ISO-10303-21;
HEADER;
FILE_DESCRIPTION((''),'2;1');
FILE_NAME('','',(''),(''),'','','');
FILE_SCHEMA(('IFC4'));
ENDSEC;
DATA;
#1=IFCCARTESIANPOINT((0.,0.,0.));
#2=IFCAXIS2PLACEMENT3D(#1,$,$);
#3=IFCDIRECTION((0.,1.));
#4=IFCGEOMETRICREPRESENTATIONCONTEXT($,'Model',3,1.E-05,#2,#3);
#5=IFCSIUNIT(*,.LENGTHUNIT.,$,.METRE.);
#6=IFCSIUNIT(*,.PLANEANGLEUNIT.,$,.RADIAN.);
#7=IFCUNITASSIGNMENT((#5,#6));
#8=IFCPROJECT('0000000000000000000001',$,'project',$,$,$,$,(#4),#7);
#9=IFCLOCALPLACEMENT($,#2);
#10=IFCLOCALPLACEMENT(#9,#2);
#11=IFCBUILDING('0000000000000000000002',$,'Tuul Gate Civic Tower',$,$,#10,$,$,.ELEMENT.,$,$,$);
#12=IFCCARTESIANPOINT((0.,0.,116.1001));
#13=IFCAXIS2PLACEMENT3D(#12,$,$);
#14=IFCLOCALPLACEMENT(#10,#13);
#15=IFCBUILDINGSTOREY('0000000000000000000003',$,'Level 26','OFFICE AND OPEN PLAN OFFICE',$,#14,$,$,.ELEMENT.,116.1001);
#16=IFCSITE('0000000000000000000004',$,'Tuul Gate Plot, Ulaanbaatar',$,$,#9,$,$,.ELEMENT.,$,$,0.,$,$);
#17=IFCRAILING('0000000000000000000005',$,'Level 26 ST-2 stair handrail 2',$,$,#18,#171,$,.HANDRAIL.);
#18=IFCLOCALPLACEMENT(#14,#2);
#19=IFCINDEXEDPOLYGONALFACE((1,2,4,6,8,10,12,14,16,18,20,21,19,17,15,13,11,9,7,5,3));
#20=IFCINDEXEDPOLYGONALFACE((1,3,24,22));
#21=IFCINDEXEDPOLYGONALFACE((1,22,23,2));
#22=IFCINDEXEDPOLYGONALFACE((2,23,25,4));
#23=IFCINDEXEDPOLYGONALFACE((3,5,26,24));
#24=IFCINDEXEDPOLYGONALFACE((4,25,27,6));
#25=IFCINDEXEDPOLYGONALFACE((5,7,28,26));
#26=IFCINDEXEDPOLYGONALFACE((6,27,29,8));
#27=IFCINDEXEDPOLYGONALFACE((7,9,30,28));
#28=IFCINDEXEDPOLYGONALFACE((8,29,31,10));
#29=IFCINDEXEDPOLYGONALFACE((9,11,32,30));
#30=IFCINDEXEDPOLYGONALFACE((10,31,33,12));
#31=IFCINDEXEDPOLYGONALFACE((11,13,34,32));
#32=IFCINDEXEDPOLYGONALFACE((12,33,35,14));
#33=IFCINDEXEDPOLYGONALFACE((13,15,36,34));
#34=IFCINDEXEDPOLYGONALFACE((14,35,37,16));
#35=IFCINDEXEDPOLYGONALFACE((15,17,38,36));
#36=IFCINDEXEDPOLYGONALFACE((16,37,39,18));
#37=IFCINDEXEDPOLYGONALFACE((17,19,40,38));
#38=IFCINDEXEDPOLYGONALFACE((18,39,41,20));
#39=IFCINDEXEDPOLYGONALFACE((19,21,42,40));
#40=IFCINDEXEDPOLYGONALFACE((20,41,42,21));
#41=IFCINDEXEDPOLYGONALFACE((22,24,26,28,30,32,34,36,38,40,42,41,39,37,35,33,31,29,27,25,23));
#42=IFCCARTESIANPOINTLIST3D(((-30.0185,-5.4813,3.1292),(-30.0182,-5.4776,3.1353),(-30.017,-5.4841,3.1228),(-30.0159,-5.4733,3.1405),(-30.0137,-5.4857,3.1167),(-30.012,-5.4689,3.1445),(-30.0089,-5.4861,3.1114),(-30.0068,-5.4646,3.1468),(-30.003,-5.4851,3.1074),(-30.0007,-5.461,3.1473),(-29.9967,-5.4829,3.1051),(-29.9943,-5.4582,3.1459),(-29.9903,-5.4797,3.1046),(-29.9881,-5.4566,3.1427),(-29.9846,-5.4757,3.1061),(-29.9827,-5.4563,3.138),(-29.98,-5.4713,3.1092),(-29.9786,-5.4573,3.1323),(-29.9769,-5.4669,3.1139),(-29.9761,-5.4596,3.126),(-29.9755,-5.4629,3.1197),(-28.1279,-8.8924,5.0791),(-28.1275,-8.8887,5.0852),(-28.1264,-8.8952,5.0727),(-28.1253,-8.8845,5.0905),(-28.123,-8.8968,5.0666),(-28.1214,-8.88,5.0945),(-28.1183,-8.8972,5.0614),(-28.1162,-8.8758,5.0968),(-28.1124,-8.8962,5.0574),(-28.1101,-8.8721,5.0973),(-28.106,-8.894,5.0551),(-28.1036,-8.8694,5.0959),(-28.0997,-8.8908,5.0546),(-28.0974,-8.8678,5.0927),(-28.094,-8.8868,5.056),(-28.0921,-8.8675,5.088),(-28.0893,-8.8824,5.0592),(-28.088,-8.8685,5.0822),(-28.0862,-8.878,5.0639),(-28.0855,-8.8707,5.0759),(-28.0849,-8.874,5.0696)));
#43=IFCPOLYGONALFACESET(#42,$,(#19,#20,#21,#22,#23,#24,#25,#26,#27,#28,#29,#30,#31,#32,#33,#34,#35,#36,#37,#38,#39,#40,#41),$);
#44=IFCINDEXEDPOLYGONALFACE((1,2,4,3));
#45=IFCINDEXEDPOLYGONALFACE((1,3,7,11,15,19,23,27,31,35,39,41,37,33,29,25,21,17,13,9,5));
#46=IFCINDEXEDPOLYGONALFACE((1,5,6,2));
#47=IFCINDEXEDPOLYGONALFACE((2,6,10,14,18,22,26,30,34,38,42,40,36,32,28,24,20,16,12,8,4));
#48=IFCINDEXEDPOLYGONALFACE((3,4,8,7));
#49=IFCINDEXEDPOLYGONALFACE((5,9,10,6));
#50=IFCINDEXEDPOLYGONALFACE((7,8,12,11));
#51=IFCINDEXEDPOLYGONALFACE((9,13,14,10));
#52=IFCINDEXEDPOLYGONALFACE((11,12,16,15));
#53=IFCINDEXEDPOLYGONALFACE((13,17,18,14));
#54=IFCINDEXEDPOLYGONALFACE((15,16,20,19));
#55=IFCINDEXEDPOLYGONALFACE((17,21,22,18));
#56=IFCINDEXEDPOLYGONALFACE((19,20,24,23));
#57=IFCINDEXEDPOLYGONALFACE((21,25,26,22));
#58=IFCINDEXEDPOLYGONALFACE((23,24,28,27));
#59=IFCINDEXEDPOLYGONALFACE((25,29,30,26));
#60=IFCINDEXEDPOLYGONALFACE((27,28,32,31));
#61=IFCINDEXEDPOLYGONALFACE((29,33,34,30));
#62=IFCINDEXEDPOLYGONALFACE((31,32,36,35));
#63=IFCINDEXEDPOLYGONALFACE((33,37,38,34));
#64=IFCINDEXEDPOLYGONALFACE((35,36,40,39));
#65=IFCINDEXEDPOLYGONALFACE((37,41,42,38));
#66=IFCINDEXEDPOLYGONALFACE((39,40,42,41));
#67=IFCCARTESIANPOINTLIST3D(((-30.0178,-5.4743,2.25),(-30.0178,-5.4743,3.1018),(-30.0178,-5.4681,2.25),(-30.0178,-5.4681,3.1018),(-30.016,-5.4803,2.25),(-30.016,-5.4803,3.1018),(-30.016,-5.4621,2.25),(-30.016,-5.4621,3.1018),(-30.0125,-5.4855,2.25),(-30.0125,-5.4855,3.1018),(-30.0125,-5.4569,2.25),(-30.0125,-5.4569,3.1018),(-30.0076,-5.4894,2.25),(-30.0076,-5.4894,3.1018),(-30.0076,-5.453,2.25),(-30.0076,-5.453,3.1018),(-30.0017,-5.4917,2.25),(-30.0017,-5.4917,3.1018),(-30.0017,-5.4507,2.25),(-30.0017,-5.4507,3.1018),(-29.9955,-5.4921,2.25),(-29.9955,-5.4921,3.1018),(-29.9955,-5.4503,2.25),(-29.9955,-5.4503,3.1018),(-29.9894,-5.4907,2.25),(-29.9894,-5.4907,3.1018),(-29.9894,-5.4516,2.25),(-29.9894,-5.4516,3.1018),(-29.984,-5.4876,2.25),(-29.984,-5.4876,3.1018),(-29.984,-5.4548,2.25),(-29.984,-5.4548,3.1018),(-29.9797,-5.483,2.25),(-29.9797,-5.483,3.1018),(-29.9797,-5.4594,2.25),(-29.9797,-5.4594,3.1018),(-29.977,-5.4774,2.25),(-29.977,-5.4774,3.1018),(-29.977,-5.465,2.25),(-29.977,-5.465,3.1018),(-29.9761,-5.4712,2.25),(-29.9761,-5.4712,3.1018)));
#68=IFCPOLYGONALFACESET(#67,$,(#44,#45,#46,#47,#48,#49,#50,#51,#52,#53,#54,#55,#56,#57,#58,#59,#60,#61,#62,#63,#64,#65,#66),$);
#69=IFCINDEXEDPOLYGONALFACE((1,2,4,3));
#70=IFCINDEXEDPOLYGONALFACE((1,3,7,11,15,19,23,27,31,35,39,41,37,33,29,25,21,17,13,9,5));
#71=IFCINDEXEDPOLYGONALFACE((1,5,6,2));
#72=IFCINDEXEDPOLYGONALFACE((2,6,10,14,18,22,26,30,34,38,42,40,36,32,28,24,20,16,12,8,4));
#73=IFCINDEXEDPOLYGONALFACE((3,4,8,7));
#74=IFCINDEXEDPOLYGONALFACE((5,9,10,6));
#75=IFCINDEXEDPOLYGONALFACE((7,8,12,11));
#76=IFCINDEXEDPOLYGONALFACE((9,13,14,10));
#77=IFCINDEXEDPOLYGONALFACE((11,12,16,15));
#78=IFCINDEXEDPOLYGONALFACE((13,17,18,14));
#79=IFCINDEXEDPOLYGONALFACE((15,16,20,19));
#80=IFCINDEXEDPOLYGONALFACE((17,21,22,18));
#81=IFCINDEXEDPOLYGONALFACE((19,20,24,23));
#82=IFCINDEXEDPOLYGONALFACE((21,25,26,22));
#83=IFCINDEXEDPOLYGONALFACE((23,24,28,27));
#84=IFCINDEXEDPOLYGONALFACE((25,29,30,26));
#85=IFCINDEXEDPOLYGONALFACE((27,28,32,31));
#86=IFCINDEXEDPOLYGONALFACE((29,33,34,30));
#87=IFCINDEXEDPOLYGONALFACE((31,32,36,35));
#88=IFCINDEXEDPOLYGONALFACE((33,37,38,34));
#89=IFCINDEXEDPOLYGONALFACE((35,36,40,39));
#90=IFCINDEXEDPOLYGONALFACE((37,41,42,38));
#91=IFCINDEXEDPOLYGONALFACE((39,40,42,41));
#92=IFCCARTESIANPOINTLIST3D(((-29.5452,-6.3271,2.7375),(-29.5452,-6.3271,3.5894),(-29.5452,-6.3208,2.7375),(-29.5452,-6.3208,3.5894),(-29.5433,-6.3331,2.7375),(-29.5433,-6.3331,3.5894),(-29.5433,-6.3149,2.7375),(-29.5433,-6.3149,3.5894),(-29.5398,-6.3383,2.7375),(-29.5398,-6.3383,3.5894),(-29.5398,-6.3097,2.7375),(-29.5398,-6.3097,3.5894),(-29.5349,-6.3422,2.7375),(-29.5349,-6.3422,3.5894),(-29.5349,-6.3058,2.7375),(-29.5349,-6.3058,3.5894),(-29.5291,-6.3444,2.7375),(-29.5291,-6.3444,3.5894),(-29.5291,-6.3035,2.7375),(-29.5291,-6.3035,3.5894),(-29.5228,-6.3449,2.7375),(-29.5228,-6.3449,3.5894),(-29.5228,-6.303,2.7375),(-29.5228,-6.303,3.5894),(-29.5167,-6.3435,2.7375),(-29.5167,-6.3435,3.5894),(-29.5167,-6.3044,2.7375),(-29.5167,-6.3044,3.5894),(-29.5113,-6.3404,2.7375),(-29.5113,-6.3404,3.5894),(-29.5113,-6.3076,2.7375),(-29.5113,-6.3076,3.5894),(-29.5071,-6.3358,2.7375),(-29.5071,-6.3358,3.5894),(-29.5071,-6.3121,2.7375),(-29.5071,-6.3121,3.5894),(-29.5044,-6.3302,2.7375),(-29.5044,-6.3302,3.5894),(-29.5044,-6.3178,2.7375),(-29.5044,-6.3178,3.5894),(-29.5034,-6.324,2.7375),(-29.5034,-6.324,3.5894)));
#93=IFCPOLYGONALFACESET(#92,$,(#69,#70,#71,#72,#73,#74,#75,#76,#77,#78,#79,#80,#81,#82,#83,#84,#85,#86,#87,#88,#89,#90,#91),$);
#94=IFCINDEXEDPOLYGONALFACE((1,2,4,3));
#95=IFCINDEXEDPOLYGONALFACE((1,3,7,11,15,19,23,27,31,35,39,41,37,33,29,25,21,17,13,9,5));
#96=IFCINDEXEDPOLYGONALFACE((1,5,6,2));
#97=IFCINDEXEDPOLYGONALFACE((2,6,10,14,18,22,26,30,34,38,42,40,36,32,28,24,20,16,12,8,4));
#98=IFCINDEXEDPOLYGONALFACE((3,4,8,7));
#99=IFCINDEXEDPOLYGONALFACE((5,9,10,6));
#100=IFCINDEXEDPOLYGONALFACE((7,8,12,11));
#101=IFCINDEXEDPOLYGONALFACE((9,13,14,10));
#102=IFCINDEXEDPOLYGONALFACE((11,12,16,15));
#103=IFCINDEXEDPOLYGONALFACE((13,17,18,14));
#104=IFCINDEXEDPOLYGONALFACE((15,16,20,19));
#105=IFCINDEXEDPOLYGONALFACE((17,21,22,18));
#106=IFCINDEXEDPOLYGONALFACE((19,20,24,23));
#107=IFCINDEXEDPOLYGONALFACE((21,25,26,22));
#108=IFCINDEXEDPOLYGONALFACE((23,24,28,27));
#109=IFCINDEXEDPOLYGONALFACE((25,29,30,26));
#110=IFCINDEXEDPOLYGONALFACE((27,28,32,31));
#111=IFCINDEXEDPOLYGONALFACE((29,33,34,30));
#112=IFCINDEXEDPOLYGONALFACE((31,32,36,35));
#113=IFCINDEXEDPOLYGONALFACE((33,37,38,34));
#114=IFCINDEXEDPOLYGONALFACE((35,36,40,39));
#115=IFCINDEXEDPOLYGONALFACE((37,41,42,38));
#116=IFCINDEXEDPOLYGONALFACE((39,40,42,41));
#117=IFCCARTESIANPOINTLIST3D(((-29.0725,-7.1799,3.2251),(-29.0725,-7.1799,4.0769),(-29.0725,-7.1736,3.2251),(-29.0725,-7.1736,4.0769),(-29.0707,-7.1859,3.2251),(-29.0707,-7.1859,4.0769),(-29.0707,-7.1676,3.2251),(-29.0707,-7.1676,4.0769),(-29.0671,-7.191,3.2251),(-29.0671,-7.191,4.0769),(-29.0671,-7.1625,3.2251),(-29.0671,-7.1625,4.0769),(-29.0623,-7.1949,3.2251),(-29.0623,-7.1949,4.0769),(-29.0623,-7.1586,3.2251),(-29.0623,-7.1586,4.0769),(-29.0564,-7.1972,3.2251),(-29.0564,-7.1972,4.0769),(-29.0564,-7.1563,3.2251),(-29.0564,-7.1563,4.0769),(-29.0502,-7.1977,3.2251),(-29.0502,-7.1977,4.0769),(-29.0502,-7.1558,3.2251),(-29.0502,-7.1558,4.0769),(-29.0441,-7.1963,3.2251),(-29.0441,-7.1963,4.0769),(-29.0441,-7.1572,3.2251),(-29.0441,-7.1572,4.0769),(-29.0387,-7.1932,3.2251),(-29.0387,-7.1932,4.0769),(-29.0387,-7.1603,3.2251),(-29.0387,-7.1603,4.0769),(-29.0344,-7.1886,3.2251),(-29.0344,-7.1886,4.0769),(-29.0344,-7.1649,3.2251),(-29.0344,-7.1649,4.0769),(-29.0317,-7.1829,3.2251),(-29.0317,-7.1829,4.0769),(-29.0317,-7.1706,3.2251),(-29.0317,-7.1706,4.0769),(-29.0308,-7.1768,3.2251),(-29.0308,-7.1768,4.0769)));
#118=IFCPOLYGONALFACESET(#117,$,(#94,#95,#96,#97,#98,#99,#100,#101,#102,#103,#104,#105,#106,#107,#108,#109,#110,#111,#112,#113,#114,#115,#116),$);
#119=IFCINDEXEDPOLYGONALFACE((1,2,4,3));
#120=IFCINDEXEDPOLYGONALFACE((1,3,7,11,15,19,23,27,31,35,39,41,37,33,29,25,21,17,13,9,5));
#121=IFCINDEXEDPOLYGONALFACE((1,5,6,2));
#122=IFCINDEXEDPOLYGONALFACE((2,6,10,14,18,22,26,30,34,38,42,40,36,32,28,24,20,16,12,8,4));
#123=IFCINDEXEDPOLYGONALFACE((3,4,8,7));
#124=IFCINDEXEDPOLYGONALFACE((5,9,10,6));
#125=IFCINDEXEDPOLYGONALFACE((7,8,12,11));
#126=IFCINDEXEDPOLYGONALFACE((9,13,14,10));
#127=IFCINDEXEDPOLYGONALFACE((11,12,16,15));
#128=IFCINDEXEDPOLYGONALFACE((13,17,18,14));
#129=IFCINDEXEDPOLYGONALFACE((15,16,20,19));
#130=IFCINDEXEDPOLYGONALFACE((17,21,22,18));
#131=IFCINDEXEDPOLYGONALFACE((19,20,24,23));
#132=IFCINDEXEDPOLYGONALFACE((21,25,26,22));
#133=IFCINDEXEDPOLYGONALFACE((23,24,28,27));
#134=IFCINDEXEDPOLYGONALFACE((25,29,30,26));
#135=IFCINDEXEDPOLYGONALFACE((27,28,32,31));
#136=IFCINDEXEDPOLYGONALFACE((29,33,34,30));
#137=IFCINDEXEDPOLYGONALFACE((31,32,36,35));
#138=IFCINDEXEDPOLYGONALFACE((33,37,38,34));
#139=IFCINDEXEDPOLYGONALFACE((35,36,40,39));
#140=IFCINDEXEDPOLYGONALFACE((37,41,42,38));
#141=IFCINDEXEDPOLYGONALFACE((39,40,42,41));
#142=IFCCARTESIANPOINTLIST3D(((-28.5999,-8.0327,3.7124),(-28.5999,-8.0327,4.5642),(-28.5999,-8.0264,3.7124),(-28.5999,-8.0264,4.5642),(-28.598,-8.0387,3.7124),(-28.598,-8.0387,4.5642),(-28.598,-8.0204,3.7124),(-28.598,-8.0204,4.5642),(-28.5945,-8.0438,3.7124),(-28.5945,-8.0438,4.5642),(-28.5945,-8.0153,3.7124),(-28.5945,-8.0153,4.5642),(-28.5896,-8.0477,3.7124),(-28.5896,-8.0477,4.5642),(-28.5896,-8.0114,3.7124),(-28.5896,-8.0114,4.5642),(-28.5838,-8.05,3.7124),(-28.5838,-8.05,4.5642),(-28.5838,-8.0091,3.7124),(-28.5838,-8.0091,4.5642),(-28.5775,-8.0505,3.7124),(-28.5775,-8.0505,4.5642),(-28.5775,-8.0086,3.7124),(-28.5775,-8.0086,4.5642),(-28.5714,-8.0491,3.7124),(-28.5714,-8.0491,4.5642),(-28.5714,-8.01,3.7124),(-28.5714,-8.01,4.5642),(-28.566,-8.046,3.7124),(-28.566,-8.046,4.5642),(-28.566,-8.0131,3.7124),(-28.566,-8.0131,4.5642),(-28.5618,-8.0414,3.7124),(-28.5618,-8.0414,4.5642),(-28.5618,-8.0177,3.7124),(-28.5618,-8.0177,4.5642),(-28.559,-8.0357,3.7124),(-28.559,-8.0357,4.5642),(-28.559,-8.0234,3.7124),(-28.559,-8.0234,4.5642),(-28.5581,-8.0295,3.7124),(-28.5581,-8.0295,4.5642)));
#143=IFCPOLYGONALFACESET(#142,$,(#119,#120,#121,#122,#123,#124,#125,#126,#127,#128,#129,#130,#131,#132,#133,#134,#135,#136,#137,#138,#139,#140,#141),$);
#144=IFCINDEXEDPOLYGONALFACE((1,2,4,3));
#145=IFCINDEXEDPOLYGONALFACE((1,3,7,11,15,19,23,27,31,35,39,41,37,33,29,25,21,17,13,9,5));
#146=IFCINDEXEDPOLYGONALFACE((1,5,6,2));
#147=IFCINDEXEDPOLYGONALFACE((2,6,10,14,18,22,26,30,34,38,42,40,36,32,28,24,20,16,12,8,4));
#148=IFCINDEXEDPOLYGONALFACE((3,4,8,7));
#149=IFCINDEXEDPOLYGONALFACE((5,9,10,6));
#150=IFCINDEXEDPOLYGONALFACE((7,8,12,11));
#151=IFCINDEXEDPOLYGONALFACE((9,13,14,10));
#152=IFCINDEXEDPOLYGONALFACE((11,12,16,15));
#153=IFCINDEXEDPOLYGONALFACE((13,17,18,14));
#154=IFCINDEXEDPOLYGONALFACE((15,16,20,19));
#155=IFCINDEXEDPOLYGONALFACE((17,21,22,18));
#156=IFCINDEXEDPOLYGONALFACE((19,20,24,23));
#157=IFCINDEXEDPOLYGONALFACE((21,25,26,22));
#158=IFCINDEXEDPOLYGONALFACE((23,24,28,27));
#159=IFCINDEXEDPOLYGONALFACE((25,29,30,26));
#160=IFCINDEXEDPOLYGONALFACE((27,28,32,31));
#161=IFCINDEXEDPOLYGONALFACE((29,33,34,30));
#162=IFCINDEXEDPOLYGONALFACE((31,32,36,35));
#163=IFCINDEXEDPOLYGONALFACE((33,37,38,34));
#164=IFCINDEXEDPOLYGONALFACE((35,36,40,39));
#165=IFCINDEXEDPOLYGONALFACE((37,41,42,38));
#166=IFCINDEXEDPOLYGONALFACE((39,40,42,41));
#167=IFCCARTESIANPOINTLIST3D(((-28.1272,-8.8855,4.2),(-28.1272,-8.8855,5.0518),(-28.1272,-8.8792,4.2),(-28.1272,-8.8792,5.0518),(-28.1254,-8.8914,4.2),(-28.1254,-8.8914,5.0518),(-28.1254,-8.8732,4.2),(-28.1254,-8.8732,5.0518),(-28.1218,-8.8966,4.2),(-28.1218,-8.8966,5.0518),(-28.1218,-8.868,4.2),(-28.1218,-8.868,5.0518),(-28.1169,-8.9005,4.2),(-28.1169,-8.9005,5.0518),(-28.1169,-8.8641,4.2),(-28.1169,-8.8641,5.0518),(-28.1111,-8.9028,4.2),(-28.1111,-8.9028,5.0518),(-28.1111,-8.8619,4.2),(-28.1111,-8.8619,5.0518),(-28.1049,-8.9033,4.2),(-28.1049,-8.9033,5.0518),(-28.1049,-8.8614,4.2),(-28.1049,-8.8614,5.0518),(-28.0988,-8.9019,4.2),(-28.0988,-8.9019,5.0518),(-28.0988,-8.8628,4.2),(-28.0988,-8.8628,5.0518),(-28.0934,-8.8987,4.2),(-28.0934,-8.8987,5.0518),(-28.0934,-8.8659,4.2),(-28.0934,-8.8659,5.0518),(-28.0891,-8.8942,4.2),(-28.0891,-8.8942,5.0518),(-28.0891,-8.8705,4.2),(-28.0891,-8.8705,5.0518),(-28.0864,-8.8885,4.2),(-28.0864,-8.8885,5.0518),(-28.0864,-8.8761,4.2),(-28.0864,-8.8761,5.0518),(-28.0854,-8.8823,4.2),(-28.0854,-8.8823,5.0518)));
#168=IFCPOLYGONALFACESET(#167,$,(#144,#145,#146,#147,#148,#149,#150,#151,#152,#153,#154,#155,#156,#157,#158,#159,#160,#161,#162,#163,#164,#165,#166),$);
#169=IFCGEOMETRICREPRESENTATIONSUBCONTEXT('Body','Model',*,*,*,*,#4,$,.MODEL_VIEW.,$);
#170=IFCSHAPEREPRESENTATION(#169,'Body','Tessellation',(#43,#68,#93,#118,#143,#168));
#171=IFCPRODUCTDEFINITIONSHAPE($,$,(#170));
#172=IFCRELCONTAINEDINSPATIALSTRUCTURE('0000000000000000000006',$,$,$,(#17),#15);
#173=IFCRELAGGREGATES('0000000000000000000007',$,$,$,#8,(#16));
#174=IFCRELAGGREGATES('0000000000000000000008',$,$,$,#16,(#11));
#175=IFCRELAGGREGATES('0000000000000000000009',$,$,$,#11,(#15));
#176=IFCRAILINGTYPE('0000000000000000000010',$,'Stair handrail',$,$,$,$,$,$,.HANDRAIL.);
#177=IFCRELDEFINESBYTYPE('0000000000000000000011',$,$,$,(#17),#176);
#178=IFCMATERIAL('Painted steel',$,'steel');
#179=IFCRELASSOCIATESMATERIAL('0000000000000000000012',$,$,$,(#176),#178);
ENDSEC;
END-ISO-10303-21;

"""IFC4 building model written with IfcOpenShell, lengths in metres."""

from ifc_helpers import new_model, si_unit, direction, frame, origin, origin_2d, place, context, subcontext, project, spatial, circle, extrude, material, type_object, element, save


model = new_model("IFC4")

# Units and contexts
model_context = context("Model", 3, precision=1e-05, world=origin(), true_north=direction((0.0, 1.0)))
body_context = subcontext(model_context, "Body", "Model", "MODEL_VIEW")
ifc_project = project(units=[si_unit("LENGTHUNIT", "METRE"), si_unit("PLANEANGLEUNIT", "RADIAN")], contexts=[model_context])

# Site, building, storey
site_placement = place(None, origin())
site = spatial("IfcSite", under=ifc_project, at=site_placement, Name="Tuul Gate Plot, Ulaanbaatar", CompositionType="ELEMENT", RefElevation=0.0)
building_placement = place(site_placement, origin())
building = spatial("IfcBuilding", under=site, at=building_placement, Name="Tuul Gate Civic Tower", CompositionType="ELEMENT")
storey_placement = place(building_placement, frame((0.0, 0.0, 116.1001)))
storey = spatial("IfcBuildingStorey", under=building, at=storey_placement, Name="Level 26", Description="OFFICE AND OPEN PLAN OFFICE", CompositionType="ELEMENT", Elevation=116.1001)

# Railing
ifc_material_1 = material(Name="Painted steel", Category="steel")
railing_type = type_object("IfcRailingType", Name="Stair handrail", PredefinedType="HANDRAIL", material=ifc_material_1)
railing_1_placement = place(storey_placement, frame((-29.9971, -5.4712, 2.25)))
element("IfcRailing", 1, at=railing_1_placement, inside=storey, type_object=railing_type, Name="Level 26 ST-2 stair handrail 2", PredefinedType="HANDRAIL", context=body_context, shape_type="SweptSolid", body=[
    extrude(circle(Radius=0.0239, at=origin_2d()), frame((0.0, 0.0, 0.876), z_axis=(0.433595, -0.782308, 0.447201), x_axis=(0.874641, 0.484771, 0.0)), (0.0, 0.0, 1.0), 4.3604),
    extrude(circle(Radius=0.021, at=origin_2d()), origin(), (0.0, 0.0, 1.0), 0.8518),
    extrude(circle(Radius=0.021, at=origin_2d()), frame((0.4727, -0.8528, 0.4875)), (0.0, 0.0, 1.0), 0.8518),
    extrude(circle(Radius=0.021, at=origin_2d()), frame((0.9453, -1.7056, 0.9751)), (0.0, 0.0, 1.0), 0.8518),
    extrude(circle(Radius=0.021, at=origin_2d()), frame((1.418, -2.5583, 1.4624)), (0.0, 0.0, 1.0), 0.8518),
    extrude(circle(Radius=0.021, at=origin_2d()), frame((1.8906, -3.4111, 1.95)), (0.0, 0.0, 1.0), 0.8518),
])

save(model, "model.ifc")
